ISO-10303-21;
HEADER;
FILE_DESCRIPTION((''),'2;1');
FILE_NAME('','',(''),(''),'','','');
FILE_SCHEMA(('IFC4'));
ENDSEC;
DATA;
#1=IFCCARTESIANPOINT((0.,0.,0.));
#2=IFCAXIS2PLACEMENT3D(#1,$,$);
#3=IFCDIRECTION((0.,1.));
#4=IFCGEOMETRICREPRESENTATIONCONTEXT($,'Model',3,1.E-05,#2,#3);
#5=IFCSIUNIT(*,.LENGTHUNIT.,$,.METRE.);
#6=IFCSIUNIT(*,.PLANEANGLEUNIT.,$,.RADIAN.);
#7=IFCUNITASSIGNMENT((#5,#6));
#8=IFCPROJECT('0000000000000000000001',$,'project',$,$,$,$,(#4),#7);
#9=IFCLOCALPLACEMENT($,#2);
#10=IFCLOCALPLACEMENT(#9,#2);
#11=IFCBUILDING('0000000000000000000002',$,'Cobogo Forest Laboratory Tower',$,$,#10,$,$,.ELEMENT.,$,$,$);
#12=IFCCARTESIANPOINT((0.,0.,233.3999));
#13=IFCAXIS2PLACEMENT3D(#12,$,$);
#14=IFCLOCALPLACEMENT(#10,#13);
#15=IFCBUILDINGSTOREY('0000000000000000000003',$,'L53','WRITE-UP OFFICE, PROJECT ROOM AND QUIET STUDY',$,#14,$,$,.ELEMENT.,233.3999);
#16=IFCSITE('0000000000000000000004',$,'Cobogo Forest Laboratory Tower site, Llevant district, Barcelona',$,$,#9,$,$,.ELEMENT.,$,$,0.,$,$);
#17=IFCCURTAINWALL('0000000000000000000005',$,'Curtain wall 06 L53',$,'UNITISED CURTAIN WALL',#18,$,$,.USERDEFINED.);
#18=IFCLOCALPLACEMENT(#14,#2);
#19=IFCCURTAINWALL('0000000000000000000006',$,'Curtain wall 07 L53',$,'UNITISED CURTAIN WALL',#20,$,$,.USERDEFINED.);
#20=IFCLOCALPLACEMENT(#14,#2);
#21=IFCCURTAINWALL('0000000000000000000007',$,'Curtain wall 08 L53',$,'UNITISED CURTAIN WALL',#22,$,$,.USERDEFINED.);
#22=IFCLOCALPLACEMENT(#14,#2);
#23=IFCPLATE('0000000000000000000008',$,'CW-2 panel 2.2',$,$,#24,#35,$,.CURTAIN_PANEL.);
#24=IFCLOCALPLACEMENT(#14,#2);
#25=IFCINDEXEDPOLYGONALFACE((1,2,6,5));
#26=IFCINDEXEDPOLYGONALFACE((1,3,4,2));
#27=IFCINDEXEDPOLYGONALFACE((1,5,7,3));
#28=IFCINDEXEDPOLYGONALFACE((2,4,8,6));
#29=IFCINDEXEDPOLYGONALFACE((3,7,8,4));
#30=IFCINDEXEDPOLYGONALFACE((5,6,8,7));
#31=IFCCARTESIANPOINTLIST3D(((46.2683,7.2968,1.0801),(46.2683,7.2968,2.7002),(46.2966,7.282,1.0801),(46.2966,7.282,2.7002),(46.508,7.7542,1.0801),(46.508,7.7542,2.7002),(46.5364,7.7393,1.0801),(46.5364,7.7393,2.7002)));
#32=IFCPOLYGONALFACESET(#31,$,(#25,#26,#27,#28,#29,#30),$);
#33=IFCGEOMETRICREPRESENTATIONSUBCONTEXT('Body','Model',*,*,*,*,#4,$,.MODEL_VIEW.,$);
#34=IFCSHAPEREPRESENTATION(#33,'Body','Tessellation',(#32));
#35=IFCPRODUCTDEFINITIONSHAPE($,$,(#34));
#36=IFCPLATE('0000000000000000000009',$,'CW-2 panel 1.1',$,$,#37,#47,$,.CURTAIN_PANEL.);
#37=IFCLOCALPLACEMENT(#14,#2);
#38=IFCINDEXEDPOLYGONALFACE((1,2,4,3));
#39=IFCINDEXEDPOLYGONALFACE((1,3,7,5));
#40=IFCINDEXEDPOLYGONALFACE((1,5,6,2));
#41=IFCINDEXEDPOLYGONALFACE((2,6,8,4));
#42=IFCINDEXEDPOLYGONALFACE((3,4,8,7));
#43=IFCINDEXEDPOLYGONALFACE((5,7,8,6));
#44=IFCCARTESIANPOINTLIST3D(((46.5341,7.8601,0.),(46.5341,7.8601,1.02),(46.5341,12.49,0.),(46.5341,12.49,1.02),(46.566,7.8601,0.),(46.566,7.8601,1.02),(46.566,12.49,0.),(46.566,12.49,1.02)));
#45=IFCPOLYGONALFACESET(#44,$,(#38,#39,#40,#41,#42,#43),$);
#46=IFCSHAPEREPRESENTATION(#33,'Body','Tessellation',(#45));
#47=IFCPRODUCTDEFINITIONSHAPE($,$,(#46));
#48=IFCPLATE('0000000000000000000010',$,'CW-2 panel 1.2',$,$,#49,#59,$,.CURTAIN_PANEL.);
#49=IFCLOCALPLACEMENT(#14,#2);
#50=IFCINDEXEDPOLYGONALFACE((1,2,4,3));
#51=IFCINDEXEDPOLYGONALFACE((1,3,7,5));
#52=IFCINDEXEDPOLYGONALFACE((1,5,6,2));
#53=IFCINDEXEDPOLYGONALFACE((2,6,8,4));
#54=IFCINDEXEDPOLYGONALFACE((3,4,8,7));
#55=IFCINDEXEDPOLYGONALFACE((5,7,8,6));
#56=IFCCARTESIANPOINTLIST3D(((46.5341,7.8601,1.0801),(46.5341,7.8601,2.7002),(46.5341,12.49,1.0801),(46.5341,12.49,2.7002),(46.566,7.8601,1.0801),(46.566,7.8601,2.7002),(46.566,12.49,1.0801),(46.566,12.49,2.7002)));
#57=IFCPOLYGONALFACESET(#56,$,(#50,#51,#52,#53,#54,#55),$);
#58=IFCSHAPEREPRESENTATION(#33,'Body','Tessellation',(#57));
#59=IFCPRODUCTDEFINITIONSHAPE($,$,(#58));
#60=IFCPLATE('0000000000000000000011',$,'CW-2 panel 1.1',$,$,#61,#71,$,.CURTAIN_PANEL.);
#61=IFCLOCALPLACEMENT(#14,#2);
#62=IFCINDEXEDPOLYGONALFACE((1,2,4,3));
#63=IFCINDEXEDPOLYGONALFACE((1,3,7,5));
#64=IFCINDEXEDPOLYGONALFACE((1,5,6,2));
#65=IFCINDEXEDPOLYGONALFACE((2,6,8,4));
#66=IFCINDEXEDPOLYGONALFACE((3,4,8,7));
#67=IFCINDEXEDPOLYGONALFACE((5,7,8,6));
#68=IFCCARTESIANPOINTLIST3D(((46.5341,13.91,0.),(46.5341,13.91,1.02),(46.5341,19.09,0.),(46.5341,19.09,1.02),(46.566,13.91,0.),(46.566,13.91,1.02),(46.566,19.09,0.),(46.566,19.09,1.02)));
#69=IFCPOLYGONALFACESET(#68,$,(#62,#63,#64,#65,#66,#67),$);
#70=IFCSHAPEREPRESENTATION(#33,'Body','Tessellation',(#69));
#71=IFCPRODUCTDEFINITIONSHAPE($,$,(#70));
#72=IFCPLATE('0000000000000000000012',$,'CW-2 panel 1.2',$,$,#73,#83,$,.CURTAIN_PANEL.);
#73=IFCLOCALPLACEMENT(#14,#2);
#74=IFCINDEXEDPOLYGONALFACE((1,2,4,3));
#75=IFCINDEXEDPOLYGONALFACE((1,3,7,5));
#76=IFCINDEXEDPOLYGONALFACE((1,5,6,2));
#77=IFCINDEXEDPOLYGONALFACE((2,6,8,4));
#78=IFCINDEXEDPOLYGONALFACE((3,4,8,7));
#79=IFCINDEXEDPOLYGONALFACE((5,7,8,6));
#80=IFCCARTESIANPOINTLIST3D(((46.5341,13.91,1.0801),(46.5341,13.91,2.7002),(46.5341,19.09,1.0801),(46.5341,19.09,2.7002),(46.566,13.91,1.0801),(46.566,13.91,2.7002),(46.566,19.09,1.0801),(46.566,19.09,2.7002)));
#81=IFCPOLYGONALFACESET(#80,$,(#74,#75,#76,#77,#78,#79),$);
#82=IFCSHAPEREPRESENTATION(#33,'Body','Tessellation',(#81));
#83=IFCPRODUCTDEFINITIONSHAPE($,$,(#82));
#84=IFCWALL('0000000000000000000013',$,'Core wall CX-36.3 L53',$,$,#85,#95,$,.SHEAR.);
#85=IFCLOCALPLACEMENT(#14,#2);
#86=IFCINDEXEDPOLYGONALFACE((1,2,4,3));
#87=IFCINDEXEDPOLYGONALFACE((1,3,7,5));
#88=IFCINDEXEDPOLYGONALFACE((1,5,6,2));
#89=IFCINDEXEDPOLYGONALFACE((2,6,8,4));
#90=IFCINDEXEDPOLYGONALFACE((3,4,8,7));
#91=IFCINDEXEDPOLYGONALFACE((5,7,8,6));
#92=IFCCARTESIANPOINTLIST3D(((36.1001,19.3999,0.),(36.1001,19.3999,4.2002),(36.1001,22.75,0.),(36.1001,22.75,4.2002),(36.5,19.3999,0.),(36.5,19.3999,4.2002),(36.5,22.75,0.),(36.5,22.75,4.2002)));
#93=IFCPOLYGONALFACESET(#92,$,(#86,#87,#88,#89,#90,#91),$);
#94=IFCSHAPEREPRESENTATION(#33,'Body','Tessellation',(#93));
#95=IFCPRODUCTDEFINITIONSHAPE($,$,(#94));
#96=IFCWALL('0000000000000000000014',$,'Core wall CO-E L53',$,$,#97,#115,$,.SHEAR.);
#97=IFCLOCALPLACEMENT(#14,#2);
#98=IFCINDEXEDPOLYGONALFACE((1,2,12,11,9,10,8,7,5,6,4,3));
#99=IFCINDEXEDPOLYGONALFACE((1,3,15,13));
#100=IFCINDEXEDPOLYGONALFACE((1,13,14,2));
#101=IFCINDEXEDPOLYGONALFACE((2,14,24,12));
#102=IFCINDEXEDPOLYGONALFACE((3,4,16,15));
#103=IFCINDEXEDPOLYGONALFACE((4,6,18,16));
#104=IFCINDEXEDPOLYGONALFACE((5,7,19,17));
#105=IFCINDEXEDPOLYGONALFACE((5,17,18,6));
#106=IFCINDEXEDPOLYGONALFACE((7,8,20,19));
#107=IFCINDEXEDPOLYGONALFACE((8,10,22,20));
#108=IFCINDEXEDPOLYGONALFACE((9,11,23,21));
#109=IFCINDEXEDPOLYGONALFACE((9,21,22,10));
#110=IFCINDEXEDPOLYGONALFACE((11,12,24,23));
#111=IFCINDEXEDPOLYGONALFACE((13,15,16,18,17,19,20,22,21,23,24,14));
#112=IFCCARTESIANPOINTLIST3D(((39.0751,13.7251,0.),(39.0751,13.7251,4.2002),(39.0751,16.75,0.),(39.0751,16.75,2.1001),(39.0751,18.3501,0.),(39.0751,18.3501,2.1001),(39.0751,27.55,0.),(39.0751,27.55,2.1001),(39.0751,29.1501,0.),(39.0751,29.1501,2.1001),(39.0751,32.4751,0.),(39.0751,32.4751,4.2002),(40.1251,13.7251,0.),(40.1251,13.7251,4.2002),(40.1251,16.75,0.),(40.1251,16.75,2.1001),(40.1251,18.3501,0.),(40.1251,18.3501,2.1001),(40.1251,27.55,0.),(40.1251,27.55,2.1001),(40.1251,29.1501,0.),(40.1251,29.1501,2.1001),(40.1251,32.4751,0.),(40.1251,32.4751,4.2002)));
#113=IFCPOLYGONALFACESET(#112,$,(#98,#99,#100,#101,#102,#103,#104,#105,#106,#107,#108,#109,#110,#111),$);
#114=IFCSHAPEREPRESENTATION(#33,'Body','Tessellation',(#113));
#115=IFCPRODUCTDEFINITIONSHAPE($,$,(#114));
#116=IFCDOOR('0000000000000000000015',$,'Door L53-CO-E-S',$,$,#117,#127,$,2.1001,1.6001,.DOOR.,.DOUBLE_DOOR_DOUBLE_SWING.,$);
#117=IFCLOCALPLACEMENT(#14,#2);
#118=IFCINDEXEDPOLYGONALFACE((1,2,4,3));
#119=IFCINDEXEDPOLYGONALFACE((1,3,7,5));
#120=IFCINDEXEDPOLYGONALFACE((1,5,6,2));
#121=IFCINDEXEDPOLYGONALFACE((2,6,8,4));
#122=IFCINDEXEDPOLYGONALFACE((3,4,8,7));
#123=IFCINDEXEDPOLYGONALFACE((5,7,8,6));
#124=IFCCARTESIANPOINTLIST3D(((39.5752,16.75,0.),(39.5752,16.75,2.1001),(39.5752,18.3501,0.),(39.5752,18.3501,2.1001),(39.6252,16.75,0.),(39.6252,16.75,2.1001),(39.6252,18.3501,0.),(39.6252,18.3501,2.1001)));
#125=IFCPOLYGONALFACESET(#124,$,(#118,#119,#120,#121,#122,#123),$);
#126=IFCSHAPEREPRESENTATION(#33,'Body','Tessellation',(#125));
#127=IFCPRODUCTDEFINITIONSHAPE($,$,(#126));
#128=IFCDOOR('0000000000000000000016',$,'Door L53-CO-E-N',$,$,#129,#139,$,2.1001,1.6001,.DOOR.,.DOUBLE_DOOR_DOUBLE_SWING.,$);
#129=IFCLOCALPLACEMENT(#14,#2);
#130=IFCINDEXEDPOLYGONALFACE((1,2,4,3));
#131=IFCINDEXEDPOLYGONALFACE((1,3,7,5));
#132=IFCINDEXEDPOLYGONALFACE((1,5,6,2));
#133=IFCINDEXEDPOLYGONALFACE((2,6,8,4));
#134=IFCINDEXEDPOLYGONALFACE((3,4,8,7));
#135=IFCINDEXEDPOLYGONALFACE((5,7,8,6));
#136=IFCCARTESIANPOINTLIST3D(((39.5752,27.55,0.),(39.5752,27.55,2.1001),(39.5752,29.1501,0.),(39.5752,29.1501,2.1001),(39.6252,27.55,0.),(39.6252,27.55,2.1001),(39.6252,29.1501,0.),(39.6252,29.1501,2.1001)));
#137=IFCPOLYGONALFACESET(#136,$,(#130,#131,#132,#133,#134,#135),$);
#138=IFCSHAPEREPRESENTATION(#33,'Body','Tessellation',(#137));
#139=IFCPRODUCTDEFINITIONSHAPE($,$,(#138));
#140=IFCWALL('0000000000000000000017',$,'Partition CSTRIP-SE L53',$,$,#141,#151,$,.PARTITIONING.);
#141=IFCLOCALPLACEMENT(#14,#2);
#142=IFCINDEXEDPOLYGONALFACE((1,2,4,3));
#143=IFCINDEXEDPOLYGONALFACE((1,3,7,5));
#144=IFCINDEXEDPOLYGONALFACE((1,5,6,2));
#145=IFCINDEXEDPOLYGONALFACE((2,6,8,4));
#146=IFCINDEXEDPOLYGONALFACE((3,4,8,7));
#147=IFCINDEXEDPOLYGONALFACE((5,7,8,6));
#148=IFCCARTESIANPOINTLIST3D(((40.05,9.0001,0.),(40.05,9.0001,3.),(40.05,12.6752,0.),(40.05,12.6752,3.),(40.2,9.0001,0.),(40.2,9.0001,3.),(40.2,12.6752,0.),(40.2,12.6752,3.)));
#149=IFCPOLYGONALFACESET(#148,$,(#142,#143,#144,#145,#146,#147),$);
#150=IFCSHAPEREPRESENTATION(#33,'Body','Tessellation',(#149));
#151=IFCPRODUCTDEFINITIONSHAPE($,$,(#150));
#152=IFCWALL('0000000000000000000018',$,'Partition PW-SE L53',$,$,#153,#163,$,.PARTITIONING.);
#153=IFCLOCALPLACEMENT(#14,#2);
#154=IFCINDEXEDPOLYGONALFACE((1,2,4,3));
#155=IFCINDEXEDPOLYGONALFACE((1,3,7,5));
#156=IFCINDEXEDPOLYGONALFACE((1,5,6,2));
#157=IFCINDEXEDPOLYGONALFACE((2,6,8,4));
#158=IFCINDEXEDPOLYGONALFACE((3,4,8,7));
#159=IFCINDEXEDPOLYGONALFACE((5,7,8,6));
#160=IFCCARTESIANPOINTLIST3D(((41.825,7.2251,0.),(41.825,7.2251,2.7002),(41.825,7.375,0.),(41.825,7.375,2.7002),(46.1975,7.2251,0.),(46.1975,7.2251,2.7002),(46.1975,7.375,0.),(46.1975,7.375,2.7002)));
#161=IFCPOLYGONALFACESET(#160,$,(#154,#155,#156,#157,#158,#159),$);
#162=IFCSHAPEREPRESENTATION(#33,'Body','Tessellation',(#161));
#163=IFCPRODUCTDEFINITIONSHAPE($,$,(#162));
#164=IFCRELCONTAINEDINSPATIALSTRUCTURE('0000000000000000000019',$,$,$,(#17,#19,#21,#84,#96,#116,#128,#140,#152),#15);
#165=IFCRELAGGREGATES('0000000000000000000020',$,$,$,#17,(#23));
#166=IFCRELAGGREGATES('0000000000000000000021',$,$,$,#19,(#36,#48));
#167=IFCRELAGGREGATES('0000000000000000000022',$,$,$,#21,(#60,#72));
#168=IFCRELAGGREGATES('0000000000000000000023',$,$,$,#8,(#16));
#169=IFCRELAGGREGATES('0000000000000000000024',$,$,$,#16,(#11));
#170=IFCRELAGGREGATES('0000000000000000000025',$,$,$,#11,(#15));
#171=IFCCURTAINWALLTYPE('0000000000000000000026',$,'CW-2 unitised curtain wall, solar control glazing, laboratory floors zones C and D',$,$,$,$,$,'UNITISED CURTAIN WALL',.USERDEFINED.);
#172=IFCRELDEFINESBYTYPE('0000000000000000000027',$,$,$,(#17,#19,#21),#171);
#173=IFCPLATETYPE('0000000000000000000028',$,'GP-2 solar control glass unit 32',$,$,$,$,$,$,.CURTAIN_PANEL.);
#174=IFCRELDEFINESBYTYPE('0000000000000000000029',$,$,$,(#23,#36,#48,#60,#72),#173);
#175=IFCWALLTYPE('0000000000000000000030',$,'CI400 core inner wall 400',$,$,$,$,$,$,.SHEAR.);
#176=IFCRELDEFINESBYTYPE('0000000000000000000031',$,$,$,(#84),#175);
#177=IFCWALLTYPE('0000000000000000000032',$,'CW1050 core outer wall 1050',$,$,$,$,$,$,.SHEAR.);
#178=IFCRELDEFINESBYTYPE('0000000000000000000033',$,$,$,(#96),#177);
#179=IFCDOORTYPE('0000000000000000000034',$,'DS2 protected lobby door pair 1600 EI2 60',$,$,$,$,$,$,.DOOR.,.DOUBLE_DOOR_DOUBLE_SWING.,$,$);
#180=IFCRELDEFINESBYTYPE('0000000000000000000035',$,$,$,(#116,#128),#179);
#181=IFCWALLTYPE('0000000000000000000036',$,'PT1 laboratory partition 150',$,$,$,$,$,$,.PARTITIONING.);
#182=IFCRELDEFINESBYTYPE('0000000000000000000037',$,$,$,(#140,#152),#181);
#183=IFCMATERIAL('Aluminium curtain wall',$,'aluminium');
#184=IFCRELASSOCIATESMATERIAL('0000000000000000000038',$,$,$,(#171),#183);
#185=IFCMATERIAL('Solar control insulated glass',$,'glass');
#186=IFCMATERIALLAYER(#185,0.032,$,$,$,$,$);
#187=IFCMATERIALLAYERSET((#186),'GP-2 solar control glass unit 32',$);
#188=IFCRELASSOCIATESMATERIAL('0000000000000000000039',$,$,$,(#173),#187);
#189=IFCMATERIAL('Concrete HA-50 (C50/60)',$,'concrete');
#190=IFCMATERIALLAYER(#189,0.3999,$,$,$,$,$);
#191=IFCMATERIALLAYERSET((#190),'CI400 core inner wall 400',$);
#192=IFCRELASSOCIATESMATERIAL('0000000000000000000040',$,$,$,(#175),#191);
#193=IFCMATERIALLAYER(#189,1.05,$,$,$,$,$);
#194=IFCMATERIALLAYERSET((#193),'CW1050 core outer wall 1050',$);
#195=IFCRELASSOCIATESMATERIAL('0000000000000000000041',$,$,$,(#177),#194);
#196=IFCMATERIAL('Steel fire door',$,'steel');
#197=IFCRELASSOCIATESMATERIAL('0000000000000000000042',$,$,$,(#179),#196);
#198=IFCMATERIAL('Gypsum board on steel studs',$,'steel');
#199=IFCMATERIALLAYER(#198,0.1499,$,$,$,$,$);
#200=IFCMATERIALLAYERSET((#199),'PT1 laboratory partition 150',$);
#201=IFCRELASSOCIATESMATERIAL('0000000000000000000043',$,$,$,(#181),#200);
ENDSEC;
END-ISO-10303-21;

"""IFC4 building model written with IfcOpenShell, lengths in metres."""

from ifc_helpers import new_model, si_unit, direction, frame, frame_2d, origin, origin_2d, place, context, subcontext, project, spatial, rectangle, extrude, material, layer, layer_set, type_object, element, fill, aggregate, save


model = new_model("IFC4")

# Units and contexts
model_context = context("Model", 3, precision=1e-05, world=origin(), true_north=direction((0.0, 1.0)))
body_context = subcontext(model_context, "Body", "Model", "MODEL_VIEW")
ifc_project = project(units=[si_unit("LENGTHUNIT", "METRE"), si_unit("PLANEANGLEUNIT", "RADIAN")], contexts=[model_context])

# Site, building, storey
site_placement = place(None, origin())
site = spatial("IfcSite", under=ifc_project, at=site_placement, Name="Cobogo Forest Laboratory Tower site, Llevant district, Barcelona", CompositionType="ELEMENT", RefElevation=0.0)
building_placement = place(site_placement, origin())
building = spatial("IfcBuilding", under=site, at=building_placement, Name="Cobogo Forest Laboratory Tower", CompositionType="ELEMENT")
storey_placement = place(building_placement, frame((0.0, 0.0, 233.3999)))
storey = spatial("IfcBuildingStorey", under=building, at=storey_placement, Name="L53", Description="WRITE-UP OFFICE, PROJECT ROOM AND QUIET STUDY", CompositionType="ELEMENT", Elevation=233.3999)

# Shared definitions
ifc_material_1 = material(Name="Concrete HA-50 (C50/60)", Category="concrete")

# Curtain wall
ifc_material_2 = material(Name="Aluminium curtain wall", Category="aluminium")
curtain_wall_type = type_object("IfcCurtainWallType", Name="CW-2 unitised curtain wall, solar control glazing, laboratory floors zones C and D", ElementType="UNITISED CURTAIN WALL", PredefinedType="USERDEFINED", material=ifc_material_2)
curtain_wall_1_placement = place(storey_placement, origin())
curtain_wall_1 = element("IfcCurtainWall", 1, at=curtain_wall_1_placement, inside=storey, type_object=curtain_wall_type, Name="Curtain wall 06 L53", ObjectType="UNITISED CURTAIN WALL", PredefinedType="USERDEFINED")

# Curtain walls
curtain_wall_2_placement = place(storey_placement, origin())
curtain_wall_2 = element("IfcCurtainWall", 2, at=curtain_wall_2_placement, inside=storey, type_object=curtain_wall_type, Name="Curtain wall 07 L53", ObjectType="UNITISED CURTAIN WALL", PredefinedType="USERDEFINED")
curtain_wall_3_placement = place(storey_placement, origin())
curtain_wall_3 = element("IfcCurtainWall", 3, at=curtain_wall_3_placement, inside=storey, type_object=curtain_wall_type, Name="Curtain wall 08 L53", ObjectType="UNITISED CURTAIN WALL", PredefinedType="USERDEFINED")

# Plates
ifc_material_3 = material(Name="Solar control insulated glass", Category="glass")
ifc_layer_1 = layer(ifc_material_3, 0.032)
ifc_layer_set_1 = layer_set([ifc_layer_1], Name="GP-2 solar control glass unit 32")
plate_type_1 = type_object("IfcPlateType", Name="GP-2 solar control glass unit 32", PredefinedType="CURTAIN_PANEL", material=ifc_layer_set_1)
plate_1_placement = place(storey_placement, frame((46.4023, 7.5181, 1.0801), z_axis=(0.0, 0.0, 1.0), x_axis=(0.464284, 0.885686, 0.0)))
plate_1 = element("IfcPlate", 4, at=plate_1_placement, type_object=plate_type_1, Name="CW-2 panel 2.2", PredefinedType="CURTAIN_PANEL", context=body_context, shape_type="SweptSolid", body=[
    extrude(rectangle(XDim=0.5164, YDim=0.032, at=origin_2d()), origin(), (0.0, 0.0, 1.0), 1.6201),
])
aggregate(curtain_wall_1, [plate_1])
plate_2_placement = place(storey_placement, frame((46.55, 10.175, 0.0), z_axis=(0.0, 0.0, 1.0), x_axis=(0.0, 1.0, 0.0)))
plate_2 = element("IfcPlate", 5, at=plate_2_placement, type_object=plate_type_1, Name="CW-2 panel 1.1", PredefinedType="CURTAIN_PANEL", context=body_context, shape_type="SweptSolid", body=[
    extrude(rectangle(XDim=4.6299, YDim=0.032, at=origin_2d()), origin(), (0.0, 0.0, 1.0), 1.02),
])
plate_3_placement = place(storey_placement, frame((46.55, 10.175, 1.0801), z_axis=(0.0, 0.0, 1.0), x_axis=(0.0, 1.0, 0.0)))
plate_3 = element("IfcPlate", 6, at=plate_3_placement, type_object=plate_type_1, Name="CW-2 panel 1.2", PredefinedType="CURTAIN_PANEL", context=body_context, shape_type="SweptSolid", body=[
    extrude(rectangle(XDim=4.6299, YDim=0.032, at=origin_2d()), origin(), (0.0, 0.0, 1.0), 1.6201),
])
aggregate(curtain_wall_2, [plate_2, plate_3])
plate_4_placement = place(storey_placement, frame((46.55, 16.5, 0.0), z_axis=(0.0, 0.0, 1.0), x_axis=(0.0, 1.0, 0.0)))
plate_4 = element("IfcPlate", 7, at=plate_4_placement, type_object=plate_type_1, Name="CW-2 panel 1.1", PredefinedType="CURTAIN_PANEL", context=body_context, shape_type="SweptSolid", body=[
    extrude(rectangle(XDim=5.1799, YDim=0.032, at=origin_2d()), origin(), (0.0, 0.0, 1.0), 1.02),
])
plate_5_placement = place(storey_placement, frame((46.55, 16.5, 1.0801), z_axis=(0.0, 0.0, 1.0), x_axis=(0.0, 1.0, 0.0)))
plate_5 = element("IfcPlate", 8, at=plate_5_placement, type_object=plate_type_1, Name="CW-2 panel 1.2", PredefinedType="CURTAIN_PANEL", context=body_context, shape_type="SweptSolid", body=[
    extrude(rectangle(XDim=5.1799, YDim=0.032, at=origin_2d()), origin(), (0.0, 0.0, 1.0), 1.6201),
])
aggregate(curtain_wall_3, [plate_4, plate_5])

# Wall
ifc_layer_2 = layer(ifc_material_1, 0.3999)
ifc_layer_set_2 = layer_set([ifc_layer_2], Name="CI400 core inner wall 400")
wall_type_1 = type_object("IfcWallType", Name="CI400 core inner wall 400", PredefinedType="SHEAR", material=ifc_layer_set_2)
wall_1_placement = place(storey_placement, frame((36.3, 19.3999, 0.0), z_axis=(0.0, 0.0, 1.0), x_axis=(0.0, 1.0, 0.0)))
element("IfcWall", 9, at=wall_1_placement, inside=storey, type_object=wall_type_1, Name="Core wall CX-36.3 L53", PredefinedType="SHEAR", context=body_context, shape_type="SweptSolid", body=[
    extrude(rectangle(XDim=3.3501, YDim=0.3999, at=frame_2d((1.675, 0.0))), origin(), (0.0, 0.0, 1.0), 4.2002),
])

# Wall, openings, doors
ifc_layer_3 = layer(ifc_material_1, 1.05)
ifc_layer_set_3 = layer_set([ifc_layer_3], Name="CW1050 core outer wall 1050")
wall_type_2 = type_object("IfcWallType", Name="CW1050 core outer wall 1050", PredefinedType="SHEAR", material=ifc_layer_set_3)
wall_2_placement = place(storey_placement, frame((39.6001, 13.7251, 0.0), z_axis=(0.0, 0.0, 1.0), x_axis=(0.0, 1.0, 0.0)))
wall_2 = element("IfcWall", 10, at=wall_2_placement, inside=storey, type_object=wall_type_2, Name="Core wall CO-E L53", PredefinedType="SHEAR", context=body_context, shape_type="SweptSolid", body=[
    extrude(rectangle(XDim=18.75, YDim=1.05, at=frame_2d((9.375, 0.0))), origin(), (0.0, 0.0, 1.0), 4.2002),
])
opening_1_placement = place(wall_2_placement, frame((3.0249, 0.0, 0.0)))
opening_1 = element("IfcOpeningElement", 11, at=opening_1_placement, cuts=wall_2, PredefinedType="OPENING", context=body_context, shape_type="SweptSolid", body=[
    extrude(rectangle(XDim=1.6001, YDim=2.1001, at=frame_2d((0.8, 1.05))), frame((0.0, 0.5349, 0.0), z_axis=(0.0, -1.0, 0.0), x_axis=(1.0, 0.0, 0.0)), (0.0, 0.0, 1.0), 1.0701),
])
opening_2_placement = place(wall_2_placement, frame((13.825, 0.0, 0.0)))
opening_2 = element("IfcOpeningElement", 12, at=opening_2_placement, cuts=wall_2, PredefinedType="OPENING", context=body_context, shape_type="SweptSolid", body=[
    extrude(rectangle(XDim=1.6001, YDim=2.1001, at=frame_2d((0.8, 1.05))), frame((0.0, 0.5349, 0.0), z_axis=(0.0, -1.0, 0.0), x_axis=(1.0, 0.0, 0.0)), (0.0, 0.0, 1.0), 1.0701),
])
ifc_material_4 = material(Name="Steel fire door", Category="steel")
door_type_1 = type_object("IfcDoorType", Name="DS2 protected lobby door pair 1600 EI2 60", OperationType="DOUBLE_DOOR_DOUBLE_SWING", PredefinedType="DOOR", material=ifc_material_4)
door_1_placement = place(opening_1_placement, origin())
door_1 = element("IfcDoor", 13, at=door_1_placement, inside=storey, type_object=door_type_1, Name="Door L53-CO-E-S", OperationType="DOUBLE_DOOR_DOUBLE_SWING", OverallHeight=2.1001, OverallWidth=1.6001, PredefinedType="DOOR", context=body_context, shape_type="SweptSolid", body=[
    extrude(rectangle(XDim=1.6001, YDim=2.1001, at=frame_2d((0.8, 1.05))), frame((0.0, 0.0249, 0.0), z_axis=(0.0, -1.0, 0.0), x_axis=(1.0, 0.0, 0.0)), (0.0, 0.0, 1.0), 0.05),
])
fill(opening_1, door_1)
door_2_placement = place(opening_2_placement, origin())
door_2 = element("IfcDoor", 14, at=door_2_placement, inside=storey, type_object=door_type_1, Name="Door L53-CO-E-N", OperationType="DOUBLE_DOOR_DOUBLE_SWING", OverallHeight=2.1001, OverallWidth=1.6001, PredefinedType="DOOR", context=body_context, shape_type="SweptSolid", body=[
    extrude(rectangle(XDim=1.6001, YDim=2.1001, at=frame_2d((0.8, 1.05))), frame((0.0, 0.0249, 0.0), z_axis=(0.0, -1.0, 0.0), x_axis=(1.0, 0.0, 0.0)), (0.0, 0.0, 1.0), 0.05),
])
fill(opening_2, door_2)

# Walls
ifc_material_5 = material(Name="Gypsum board on steel studs", Category="steel")
ifc_layer_4 = layer(ifc_material_5, 0.1499)
ifc_layer_set_4 = layer_set([ifc_layer_4], Name="PT1 laboratory partition 150")
wall_type_3 = type_object("IfcWallType", Name="PT1 laboratory partition 150", PredefinedType="PARTITIONING", material=ifc_layer_set_4)
wall_3_placement = place(storey_placement, frame((40.125, 12.675, 0.0), z_axis=(0.0, 0.0, 1.0), x_axis=(0.0, -1.0, 0.0)))
element("IfcWall", 15, at=wall_3_placement, inside=storey, type_object=wall_type_3, Name="Partition CSTRIP-SE L53", PredefinedType="PARTITIONING", context=body_context, shape_type="SweptSolid", body=[
    extrude(rectangle(XDim=3.675, YDim=0.1499, at=frame_2d((1.8374, 0.0))), origin(), (0.0, 0.0, 1.0), 3.0),
])
wall_4_placement = place(storey_placement, frame((46.1975, 7.3, 0.0), z_axis=(0.0, 0.0, 1.0), x_axis=(-1.0, 0.0, 0.0)))
element("IfcWall", 16, at=wall_4_placement, inside=storey, type_object=wall_type_3, Name="Partition PW-SE L53", PredefinedType="PARTITIONING", context=body_context, shape_type="SweptSolid", body=[
    extrude(rectangle(XDim=4.3726, YDim=0.1499, at=frame_2d((2.1863, 0.0))), origin(), (0.0, 0.0, 1.0), 2.7002),
])

save(model, "model.ifc")
